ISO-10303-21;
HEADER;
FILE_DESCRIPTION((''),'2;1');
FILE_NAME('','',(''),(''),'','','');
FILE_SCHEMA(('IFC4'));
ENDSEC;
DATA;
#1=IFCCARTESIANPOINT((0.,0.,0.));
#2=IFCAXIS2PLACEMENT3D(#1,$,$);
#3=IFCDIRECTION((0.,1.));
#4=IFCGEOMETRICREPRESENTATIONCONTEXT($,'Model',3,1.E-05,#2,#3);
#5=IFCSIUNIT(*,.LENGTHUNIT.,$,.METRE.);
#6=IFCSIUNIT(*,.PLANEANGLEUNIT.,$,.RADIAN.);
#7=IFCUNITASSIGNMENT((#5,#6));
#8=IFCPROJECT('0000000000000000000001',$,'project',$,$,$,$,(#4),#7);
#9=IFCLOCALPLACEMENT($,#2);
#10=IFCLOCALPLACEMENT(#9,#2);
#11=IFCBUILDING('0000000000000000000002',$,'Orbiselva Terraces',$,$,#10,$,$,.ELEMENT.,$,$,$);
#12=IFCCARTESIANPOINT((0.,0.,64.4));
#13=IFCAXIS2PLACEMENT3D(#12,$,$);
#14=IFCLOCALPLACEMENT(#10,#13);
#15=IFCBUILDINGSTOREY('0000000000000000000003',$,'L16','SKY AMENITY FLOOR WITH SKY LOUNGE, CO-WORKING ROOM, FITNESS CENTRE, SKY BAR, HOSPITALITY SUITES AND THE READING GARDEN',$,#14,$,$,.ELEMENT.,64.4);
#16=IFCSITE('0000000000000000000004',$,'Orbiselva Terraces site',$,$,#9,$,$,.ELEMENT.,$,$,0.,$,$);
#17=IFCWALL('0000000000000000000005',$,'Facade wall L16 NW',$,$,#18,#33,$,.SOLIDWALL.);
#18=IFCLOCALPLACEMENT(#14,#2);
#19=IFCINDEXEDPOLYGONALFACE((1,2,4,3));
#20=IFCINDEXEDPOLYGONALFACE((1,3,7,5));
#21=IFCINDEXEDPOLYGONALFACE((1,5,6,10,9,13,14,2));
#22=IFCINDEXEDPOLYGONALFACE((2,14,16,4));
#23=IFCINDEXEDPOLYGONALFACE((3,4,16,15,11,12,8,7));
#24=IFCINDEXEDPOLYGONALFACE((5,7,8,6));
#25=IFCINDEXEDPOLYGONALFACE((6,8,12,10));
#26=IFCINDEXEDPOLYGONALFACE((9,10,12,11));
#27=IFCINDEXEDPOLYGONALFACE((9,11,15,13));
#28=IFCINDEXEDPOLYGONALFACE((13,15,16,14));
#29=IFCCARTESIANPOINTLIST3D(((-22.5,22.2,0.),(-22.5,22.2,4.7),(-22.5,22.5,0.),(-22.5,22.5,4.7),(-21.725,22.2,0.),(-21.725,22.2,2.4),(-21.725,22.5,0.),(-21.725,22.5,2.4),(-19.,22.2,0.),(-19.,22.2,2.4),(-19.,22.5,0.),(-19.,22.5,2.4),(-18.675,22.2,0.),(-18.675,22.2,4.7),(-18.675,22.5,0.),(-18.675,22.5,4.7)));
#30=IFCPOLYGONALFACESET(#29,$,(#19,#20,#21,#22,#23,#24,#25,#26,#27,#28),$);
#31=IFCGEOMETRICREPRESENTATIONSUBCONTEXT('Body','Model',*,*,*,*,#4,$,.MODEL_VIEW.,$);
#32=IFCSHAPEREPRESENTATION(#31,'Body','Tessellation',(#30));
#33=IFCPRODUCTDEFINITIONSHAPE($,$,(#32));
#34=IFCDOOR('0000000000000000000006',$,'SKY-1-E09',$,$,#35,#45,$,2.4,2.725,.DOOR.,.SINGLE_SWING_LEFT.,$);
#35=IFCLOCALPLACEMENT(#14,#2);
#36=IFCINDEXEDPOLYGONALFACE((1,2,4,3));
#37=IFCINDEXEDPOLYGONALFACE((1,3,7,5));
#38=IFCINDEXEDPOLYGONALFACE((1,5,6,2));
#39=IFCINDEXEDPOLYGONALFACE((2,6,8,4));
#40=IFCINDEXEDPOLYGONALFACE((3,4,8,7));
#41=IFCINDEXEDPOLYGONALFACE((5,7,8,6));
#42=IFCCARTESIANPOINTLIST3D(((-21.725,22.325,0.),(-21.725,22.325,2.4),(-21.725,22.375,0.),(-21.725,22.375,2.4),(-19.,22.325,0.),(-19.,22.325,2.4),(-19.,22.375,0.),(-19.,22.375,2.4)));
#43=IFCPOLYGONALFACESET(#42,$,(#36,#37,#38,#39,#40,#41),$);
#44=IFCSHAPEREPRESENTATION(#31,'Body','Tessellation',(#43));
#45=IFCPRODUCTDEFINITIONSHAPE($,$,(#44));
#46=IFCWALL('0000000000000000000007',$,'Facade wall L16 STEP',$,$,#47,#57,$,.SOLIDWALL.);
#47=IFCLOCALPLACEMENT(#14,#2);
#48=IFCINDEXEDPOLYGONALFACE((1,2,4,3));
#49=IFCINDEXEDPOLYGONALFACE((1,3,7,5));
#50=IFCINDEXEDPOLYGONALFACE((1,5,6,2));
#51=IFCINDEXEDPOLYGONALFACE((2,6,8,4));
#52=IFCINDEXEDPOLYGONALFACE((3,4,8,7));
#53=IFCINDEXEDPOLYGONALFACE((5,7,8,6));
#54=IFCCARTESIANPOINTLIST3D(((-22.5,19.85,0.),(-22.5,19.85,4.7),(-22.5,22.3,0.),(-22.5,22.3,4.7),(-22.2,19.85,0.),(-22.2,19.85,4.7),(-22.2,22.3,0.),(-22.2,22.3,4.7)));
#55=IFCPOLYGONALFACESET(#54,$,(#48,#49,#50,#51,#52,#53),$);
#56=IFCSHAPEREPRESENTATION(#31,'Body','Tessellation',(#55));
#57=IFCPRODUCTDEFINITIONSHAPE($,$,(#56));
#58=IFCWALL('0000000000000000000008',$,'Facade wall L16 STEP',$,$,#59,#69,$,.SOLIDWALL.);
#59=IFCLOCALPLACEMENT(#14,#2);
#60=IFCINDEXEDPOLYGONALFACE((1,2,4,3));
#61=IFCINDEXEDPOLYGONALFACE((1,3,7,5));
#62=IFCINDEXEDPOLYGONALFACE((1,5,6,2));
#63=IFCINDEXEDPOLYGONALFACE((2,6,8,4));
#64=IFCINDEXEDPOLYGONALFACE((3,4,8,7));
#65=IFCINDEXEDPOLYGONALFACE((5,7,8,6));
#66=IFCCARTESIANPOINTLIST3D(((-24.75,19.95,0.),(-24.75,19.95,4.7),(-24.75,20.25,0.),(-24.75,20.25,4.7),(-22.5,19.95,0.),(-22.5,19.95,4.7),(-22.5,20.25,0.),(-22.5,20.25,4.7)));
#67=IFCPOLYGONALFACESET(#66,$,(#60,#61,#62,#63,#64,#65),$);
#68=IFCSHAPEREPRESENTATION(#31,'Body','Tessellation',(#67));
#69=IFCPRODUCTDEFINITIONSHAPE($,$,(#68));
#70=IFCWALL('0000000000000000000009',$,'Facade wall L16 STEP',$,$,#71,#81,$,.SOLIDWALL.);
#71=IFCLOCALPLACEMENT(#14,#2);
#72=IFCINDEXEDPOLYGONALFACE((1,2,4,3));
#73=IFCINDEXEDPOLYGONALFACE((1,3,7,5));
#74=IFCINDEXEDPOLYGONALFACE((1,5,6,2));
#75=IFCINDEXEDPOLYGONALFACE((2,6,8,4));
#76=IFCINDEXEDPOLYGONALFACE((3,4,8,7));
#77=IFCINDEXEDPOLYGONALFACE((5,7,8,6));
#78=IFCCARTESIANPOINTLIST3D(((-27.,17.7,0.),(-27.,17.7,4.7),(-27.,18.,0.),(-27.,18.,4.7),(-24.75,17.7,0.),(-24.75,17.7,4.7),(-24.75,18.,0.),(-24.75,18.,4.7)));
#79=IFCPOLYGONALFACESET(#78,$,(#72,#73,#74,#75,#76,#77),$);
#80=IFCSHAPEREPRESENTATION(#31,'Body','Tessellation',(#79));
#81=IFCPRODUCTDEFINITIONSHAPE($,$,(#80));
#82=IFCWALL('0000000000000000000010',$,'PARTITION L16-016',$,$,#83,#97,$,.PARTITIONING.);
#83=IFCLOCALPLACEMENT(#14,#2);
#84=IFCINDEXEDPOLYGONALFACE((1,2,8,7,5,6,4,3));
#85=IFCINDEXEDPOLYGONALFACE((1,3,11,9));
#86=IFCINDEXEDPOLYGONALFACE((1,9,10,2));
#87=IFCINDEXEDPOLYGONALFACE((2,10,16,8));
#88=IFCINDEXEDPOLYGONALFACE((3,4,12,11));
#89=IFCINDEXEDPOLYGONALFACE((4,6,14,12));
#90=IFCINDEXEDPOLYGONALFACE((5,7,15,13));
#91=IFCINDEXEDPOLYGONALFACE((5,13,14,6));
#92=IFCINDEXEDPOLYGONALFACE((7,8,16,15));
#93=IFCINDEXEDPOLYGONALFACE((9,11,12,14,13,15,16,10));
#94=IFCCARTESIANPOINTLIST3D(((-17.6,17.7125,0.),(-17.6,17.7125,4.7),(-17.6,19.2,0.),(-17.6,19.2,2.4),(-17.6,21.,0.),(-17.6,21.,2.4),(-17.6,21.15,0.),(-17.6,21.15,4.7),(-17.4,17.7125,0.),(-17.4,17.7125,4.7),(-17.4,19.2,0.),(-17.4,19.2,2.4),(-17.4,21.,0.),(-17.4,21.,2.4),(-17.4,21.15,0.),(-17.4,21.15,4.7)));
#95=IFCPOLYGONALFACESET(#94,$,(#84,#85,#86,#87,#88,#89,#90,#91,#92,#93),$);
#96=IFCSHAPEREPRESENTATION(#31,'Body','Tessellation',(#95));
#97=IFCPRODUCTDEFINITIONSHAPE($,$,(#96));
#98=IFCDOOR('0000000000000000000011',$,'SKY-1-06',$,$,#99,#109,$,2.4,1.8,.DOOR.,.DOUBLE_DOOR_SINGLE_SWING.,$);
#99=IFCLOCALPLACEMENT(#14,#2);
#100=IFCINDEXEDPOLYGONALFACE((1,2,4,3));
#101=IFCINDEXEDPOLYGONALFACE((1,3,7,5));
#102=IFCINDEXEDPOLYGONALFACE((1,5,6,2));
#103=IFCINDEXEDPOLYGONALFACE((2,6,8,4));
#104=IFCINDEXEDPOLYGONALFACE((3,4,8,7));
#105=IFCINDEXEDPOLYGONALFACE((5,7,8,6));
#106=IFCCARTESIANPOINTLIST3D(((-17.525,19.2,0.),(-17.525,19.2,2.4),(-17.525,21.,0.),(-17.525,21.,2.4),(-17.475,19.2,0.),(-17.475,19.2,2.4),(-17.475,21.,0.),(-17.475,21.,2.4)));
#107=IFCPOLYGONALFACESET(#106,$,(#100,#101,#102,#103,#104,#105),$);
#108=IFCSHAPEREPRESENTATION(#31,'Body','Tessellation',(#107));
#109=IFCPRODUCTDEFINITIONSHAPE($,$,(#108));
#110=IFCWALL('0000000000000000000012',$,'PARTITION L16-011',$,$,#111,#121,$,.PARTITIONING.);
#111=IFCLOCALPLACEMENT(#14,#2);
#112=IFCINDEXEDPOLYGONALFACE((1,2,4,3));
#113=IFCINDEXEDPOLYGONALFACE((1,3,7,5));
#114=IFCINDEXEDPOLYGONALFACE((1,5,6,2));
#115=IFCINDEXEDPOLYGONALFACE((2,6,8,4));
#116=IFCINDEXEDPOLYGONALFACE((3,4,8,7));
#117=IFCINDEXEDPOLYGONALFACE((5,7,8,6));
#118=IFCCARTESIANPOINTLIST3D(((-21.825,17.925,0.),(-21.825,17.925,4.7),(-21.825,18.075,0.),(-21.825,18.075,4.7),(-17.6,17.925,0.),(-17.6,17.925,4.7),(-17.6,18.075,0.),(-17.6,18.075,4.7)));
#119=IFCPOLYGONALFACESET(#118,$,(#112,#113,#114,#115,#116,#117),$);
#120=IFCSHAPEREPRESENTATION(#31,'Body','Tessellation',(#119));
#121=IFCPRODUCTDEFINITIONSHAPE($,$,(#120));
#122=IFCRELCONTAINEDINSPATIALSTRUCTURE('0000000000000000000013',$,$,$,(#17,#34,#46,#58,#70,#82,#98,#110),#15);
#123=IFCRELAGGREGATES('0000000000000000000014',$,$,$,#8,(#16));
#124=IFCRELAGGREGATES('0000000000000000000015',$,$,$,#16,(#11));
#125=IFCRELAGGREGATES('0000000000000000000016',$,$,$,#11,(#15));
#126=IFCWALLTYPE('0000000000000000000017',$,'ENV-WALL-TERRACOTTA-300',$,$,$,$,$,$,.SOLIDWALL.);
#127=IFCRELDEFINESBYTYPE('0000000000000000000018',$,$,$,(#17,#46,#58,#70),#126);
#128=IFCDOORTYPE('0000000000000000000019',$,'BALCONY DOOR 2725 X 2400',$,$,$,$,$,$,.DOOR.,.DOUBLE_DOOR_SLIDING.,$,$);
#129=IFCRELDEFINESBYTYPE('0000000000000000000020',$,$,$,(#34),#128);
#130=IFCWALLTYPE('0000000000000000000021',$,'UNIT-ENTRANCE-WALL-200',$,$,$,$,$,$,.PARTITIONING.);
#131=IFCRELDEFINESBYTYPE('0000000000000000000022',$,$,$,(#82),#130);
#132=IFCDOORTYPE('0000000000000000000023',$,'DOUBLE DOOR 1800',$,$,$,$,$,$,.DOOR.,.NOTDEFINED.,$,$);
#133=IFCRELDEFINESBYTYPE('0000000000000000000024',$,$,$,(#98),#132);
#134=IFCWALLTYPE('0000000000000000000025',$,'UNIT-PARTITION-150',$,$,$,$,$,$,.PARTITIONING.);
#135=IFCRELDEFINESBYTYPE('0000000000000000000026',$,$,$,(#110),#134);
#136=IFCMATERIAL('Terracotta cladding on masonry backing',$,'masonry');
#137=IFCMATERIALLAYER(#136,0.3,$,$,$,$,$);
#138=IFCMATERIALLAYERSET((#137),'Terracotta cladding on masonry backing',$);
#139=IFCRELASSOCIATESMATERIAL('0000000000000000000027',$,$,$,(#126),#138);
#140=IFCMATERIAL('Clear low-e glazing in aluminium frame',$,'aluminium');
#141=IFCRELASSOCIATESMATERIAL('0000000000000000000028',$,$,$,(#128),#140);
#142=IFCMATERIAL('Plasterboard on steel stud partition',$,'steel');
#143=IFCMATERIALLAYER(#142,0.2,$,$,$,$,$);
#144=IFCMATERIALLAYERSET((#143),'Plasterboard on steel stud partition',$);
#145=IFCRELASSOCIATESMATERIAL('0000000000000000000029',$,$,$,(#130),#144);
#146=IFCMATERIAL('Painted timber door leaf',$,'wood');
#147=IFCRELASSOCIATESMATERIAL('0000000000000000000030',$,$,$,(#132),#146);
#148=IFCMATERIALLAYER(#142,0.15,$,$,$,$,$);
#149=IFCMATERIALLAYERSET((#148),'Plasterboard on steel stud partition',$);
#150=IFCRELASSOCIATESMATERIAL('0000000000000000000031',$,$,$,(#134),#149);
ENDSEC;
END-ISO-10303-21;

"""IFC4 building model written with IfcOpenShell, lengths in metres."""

from ifc_helpers import new_model, si_unit, direction, frame, frame_2d, origin, place, context, subcontext, project, spatial, rectangle, extrude, material, layer, layer_set, type_object, element, fill, save


model = new_model("IFC4")

# Units and contexts
model_context = context("Model", 3, precision=1e-05, world=origin(), true_north=direction((0.0, 1.0)))
body_context = subcontext(model_context, "Body", "Model", "MODEL_VIEW")
ifc_project = project(units=[si_unit("LENGTHUNIT", "METRE"), si_unit("PLANEANGLEUNIT", "RADIAN")], contexts=[model_context])

# Site, building, storey
site_placement = place(None, origin())
site = spatial("IfcSite", under=ifc_project, at=site_placement, Name="Orbiselva Terraces site", CompositionType="ELEMENT", RefElevation=0.0)
building_placement = place(site_placement, origin())
building = spatial("IfcBuilding", under=site, at=building_placement, Name="Orbiselva Terraces", CompositionType="ELEMENT")
storey_placement = place(building_placement, frame((0.0, 0.0, 64.4)))
storey = spatial("IfcBuildingStorey", under=building, at=storey_placement, Name="L16", Description="SKY AMENITY FLOOR WITH SKY LOUNGE, CO-WORKING ROOM, FITNESS CENTRE, SKY BAR, HOSPITALITY SUITES AND THE READING GARDEN", CompositionType="ELEMENT", Elevation=64.4)

# Shared definitions
ifc_material_1 = material(Name="Clear low-e glazing in aluminium frame", Category="aluminium")

# Wall, opening, door
ifc_material_2 = material(Name="Terracotta cladding on masonry backing", Category="masonry")
ifc_layer_1 = layer(ifc_material_2, 0.3)
ifc_layer_set_1 = layer_set([ifc_layer_1], Name="Terracotta cladding on masonry backing")
wall_type_1 = type_object("IfcWallType", Name="ENV-WALL-TERRACOTTA-300", PredefinedType="SOLIDWALL", material=ifc_layer_set_1)
wall_1_placement = place(storey_placement, frame((-22.5, 22.35, 0.0), z_axis=(0.0, 0.0, 1.0), x_axis=(1.0, 0.0, 0.0)))
wall_1 = element("IfcWall", 1, at=wall_1_placement, inside=storey, type_object=wall_type_1, Name="Facade wall L16 NW", PredefinedType="SOLIDWALL", context=body_context, shape_type="SweptSolid", body=[
    extrude(rectangle(XDim=3.825, YDim=0.3, at=frame_2d((1.9125, 0.0))), origin(), (0.0, 0.0, 1.0), 4.7),
])
opening_1_placement = place(wall_1_placement, frame((0.775, 0.0, 0.0)))
opening_1 = element("IfcOpeningElement", 2, at=opening_1_placement, cuts=wall_1, PredefinedType="OPENING", context=body_context, shape_type="SweptSolid", body=[
    extrude(rectangle(XDim=2.725, YDim=2.4, at=frame_2d((1.3625, 1.2))), frame((0.0, 0.16, 0.0), z_axis=(0.0, -1.0, 0.0), x_axis=(1.0, 0.0, 0.0)), (0.0, 0.0, 1.0), 0.32),
])
door_type_1 = type_object("IfcDoorType", Name="BALCONY DOOR 2725 X 2400", OperationType="DOUBLE_DOOR_SLIDING", PredefinedType="DOOR", material=ifc_material_1)
door_1_placement = place(opening_1_placement, origin())
door_1 = element("IfcDoor", 3, at=door_1_placement, inside=storey, type_object=door_type_1, Name="SKY-1-E09", OperationType="SINGLE_SWING_LEFT", OverallHeight=2.4, OverallWidth=2.725, PredefinedType="DOOR", context=body_context, shape_type="SweptSolid", body=[
    extrude(rectangle(XDim=2.725, YDim=2.4, at=frame_2d((1.3625, 1.2))), frame((0.0, 0.025, 0.0), z_axis=(0.0, -1.0, 0.0), x_axis=(1.0, 0.0, 0.0)), (0.0, 0.0, 1.0), 0.05),
])
fill(opening_1, door_1)

# Walls
wall_2_placement = place(storey_placement, frame((-22.35, 19.85, 0.0), z_axis=(0.0, 0.0, 1.0), x_axis=(0.0, 1.0, 0.0)))
element("IfcWall", 4, at=wall_2_placement, inside=storey, type_object=wall_type_1, Name="Facade wall L16 STEP", PredefinedType="SOLIDWALL", context=body_context, shape_type="SweptSolid", body=[
    extrude(rectangle(XDim=2.45, YDim=0.3, at=frame_2d((1.225, 0.0))), origin(), (0.0, 0.0, 1.0), 4.7),
])
for number, where, z_axis, x_axis, name in (
    (5, (-24.75, 20.1, 0.0), (0.0, 0.0, 1.0), (1.0, 0.0, 0.0), "Facade wall L16 STEP"),
    (6, (-27.0, 17.85, 0.0), (0.0, 0.0, 1.0), (1.0, 0.0, 0.0), "Facade wall L16 STEP"),
):
    element("IfcWall", number, at=place(storey_placement, frame(where, z_axis=z_axis, x_axis=x_axis)), inside=storey, type_object=wall_type_1, Name=name, PredefinedType="SOLIDWALL", context=body_context, shape_type="SweptSolid", body=[
        extrude(rectangle(XDim=2.25, YDim=0.3, at=frame_2d((1.125, 0.0))), origin(), (0.0, 0.0, 1.0), 4.7),
    ])

# Wall, opening, door
ifc_material_3 = material(Name="Plasterboard on steel stud partition", Category="steel")
ifc_layer_2 = layer(ifc_material_3, 0.2)
ifc_layer_set_2 = layer_set([ifc_layer_2], Name="Plasterboard on steel stud partition")
wall_type_2 = type_object("IfcWallType", Name="UNIT-ENTRANCE-WALL-200", PredefinedType="PARTITIONING", material=ifc_layer_set_2)
wall_3_placement = place(storey_placement, frame((-17.5, 21.15, 0.0), z_axis=(0.0, 0.0, 1.0), x_axis=(0.0, -1.0, 0.0)))
wall_3 = element("IfcWall", 7, at=wall_3_placement, inside=storey, type_object=wall_type_2, Name="PARTITION L16-016", PredefinedType="PARTITIONING", context=body_context, shape_type="SweptSolid", body=[
    extrude(rectangle(XDim=3.4375, YDim=0.2, at=frame_2d((1.7188, 0.0))), origin(), (0.0, 0.0, 1.0), 4.7),
])
opening_2_placement = place(wall_3_placement, frame((0.15, 0.0, 0.0)))
opening_2 = element("IfcOpeningElement", 8, at=opening_2_placement, cuts=wall_3, PredefinedType="OPENING", context=body_context, shape_type="SweptSolid", body=[
    extrude(rectangle(XDim=1.8, YDim=2.4, at=frame_2d((0.9, 1.2))), frame((0.0, 0.11, 0.0), z_axis=(0.0, -1.0, 0.0), x_axis=(1.0, 0.0, 0.0)), (0.0, 0.0, 1.0), 0.22),
])
ifc_material_4 = material(Name="Painted timber door leaf", Category="wood")
door_type_2 = type_object("IfcDoorType", Name="DOUBLE DOOR 1800", OperationType="NOTDEFINED", PredefinedType="DOOR", material=ifc_material_4)
door_2_placement = place(opening_2_placement, origin())
door_2 = element("IfcDoor", 9, at=door_2_placement, inside=storey, type_object=door_type_2, Name="SKY-1-06", OperationType="DOUBLE_DOOR_SINGLE_SWING", OverallHeight=2.4, OverallWidth=1.8, PredefinedType="DOOR", context=body_context, shape_type="SweptSolid", body=[
    extrude(rectangle(XDim=1.8, YDim=2.4, at=frame_2d((0.9, 1.2))), frame((0.0, 0.025, 0.0), z_axis=(0.0, -1.0, 0.0), x_axis=(1.0, 0.0, 0.0)), (0.0, 0.0, 1.0), 0.05),
])
fill(opening_2, door_2)

# Wall
ifc_layer_3 = layer(ifc_material_3, 0.15)
ifc_layer_set_3 = layer_set([ifc_layer_3], Name="Plasterboard on steel stud partition")
wall_type_3 = type_object("IfcWallType", Name="UNIT-PARTITION-150", PredefinedType="PARTITIONING", material=ifc_layer_set_3)
wall_4_placement = place(storey_placement, frame((-21.825, 18.0, 0.0), z_axis=(0.0, 0.0, 1.0), x_axis=(1.0, 0.0, 0.0)))
element("IfcWall", 10, at=wall_4_placement, inside=storey, type_object=wall_type_3, Name="PARTITION L16-011", PredefinedType="PARTITIONING", context=body_context, shape_type="SweptSolid", body=[
    extrude(rectangle(XDim=4.225, YDim=0.15, at=frame_2d((2.1125, 0.0))), origin(), (0.0, 0.0, 1.0), 4.7),
])

save(model, "model.ifc")
